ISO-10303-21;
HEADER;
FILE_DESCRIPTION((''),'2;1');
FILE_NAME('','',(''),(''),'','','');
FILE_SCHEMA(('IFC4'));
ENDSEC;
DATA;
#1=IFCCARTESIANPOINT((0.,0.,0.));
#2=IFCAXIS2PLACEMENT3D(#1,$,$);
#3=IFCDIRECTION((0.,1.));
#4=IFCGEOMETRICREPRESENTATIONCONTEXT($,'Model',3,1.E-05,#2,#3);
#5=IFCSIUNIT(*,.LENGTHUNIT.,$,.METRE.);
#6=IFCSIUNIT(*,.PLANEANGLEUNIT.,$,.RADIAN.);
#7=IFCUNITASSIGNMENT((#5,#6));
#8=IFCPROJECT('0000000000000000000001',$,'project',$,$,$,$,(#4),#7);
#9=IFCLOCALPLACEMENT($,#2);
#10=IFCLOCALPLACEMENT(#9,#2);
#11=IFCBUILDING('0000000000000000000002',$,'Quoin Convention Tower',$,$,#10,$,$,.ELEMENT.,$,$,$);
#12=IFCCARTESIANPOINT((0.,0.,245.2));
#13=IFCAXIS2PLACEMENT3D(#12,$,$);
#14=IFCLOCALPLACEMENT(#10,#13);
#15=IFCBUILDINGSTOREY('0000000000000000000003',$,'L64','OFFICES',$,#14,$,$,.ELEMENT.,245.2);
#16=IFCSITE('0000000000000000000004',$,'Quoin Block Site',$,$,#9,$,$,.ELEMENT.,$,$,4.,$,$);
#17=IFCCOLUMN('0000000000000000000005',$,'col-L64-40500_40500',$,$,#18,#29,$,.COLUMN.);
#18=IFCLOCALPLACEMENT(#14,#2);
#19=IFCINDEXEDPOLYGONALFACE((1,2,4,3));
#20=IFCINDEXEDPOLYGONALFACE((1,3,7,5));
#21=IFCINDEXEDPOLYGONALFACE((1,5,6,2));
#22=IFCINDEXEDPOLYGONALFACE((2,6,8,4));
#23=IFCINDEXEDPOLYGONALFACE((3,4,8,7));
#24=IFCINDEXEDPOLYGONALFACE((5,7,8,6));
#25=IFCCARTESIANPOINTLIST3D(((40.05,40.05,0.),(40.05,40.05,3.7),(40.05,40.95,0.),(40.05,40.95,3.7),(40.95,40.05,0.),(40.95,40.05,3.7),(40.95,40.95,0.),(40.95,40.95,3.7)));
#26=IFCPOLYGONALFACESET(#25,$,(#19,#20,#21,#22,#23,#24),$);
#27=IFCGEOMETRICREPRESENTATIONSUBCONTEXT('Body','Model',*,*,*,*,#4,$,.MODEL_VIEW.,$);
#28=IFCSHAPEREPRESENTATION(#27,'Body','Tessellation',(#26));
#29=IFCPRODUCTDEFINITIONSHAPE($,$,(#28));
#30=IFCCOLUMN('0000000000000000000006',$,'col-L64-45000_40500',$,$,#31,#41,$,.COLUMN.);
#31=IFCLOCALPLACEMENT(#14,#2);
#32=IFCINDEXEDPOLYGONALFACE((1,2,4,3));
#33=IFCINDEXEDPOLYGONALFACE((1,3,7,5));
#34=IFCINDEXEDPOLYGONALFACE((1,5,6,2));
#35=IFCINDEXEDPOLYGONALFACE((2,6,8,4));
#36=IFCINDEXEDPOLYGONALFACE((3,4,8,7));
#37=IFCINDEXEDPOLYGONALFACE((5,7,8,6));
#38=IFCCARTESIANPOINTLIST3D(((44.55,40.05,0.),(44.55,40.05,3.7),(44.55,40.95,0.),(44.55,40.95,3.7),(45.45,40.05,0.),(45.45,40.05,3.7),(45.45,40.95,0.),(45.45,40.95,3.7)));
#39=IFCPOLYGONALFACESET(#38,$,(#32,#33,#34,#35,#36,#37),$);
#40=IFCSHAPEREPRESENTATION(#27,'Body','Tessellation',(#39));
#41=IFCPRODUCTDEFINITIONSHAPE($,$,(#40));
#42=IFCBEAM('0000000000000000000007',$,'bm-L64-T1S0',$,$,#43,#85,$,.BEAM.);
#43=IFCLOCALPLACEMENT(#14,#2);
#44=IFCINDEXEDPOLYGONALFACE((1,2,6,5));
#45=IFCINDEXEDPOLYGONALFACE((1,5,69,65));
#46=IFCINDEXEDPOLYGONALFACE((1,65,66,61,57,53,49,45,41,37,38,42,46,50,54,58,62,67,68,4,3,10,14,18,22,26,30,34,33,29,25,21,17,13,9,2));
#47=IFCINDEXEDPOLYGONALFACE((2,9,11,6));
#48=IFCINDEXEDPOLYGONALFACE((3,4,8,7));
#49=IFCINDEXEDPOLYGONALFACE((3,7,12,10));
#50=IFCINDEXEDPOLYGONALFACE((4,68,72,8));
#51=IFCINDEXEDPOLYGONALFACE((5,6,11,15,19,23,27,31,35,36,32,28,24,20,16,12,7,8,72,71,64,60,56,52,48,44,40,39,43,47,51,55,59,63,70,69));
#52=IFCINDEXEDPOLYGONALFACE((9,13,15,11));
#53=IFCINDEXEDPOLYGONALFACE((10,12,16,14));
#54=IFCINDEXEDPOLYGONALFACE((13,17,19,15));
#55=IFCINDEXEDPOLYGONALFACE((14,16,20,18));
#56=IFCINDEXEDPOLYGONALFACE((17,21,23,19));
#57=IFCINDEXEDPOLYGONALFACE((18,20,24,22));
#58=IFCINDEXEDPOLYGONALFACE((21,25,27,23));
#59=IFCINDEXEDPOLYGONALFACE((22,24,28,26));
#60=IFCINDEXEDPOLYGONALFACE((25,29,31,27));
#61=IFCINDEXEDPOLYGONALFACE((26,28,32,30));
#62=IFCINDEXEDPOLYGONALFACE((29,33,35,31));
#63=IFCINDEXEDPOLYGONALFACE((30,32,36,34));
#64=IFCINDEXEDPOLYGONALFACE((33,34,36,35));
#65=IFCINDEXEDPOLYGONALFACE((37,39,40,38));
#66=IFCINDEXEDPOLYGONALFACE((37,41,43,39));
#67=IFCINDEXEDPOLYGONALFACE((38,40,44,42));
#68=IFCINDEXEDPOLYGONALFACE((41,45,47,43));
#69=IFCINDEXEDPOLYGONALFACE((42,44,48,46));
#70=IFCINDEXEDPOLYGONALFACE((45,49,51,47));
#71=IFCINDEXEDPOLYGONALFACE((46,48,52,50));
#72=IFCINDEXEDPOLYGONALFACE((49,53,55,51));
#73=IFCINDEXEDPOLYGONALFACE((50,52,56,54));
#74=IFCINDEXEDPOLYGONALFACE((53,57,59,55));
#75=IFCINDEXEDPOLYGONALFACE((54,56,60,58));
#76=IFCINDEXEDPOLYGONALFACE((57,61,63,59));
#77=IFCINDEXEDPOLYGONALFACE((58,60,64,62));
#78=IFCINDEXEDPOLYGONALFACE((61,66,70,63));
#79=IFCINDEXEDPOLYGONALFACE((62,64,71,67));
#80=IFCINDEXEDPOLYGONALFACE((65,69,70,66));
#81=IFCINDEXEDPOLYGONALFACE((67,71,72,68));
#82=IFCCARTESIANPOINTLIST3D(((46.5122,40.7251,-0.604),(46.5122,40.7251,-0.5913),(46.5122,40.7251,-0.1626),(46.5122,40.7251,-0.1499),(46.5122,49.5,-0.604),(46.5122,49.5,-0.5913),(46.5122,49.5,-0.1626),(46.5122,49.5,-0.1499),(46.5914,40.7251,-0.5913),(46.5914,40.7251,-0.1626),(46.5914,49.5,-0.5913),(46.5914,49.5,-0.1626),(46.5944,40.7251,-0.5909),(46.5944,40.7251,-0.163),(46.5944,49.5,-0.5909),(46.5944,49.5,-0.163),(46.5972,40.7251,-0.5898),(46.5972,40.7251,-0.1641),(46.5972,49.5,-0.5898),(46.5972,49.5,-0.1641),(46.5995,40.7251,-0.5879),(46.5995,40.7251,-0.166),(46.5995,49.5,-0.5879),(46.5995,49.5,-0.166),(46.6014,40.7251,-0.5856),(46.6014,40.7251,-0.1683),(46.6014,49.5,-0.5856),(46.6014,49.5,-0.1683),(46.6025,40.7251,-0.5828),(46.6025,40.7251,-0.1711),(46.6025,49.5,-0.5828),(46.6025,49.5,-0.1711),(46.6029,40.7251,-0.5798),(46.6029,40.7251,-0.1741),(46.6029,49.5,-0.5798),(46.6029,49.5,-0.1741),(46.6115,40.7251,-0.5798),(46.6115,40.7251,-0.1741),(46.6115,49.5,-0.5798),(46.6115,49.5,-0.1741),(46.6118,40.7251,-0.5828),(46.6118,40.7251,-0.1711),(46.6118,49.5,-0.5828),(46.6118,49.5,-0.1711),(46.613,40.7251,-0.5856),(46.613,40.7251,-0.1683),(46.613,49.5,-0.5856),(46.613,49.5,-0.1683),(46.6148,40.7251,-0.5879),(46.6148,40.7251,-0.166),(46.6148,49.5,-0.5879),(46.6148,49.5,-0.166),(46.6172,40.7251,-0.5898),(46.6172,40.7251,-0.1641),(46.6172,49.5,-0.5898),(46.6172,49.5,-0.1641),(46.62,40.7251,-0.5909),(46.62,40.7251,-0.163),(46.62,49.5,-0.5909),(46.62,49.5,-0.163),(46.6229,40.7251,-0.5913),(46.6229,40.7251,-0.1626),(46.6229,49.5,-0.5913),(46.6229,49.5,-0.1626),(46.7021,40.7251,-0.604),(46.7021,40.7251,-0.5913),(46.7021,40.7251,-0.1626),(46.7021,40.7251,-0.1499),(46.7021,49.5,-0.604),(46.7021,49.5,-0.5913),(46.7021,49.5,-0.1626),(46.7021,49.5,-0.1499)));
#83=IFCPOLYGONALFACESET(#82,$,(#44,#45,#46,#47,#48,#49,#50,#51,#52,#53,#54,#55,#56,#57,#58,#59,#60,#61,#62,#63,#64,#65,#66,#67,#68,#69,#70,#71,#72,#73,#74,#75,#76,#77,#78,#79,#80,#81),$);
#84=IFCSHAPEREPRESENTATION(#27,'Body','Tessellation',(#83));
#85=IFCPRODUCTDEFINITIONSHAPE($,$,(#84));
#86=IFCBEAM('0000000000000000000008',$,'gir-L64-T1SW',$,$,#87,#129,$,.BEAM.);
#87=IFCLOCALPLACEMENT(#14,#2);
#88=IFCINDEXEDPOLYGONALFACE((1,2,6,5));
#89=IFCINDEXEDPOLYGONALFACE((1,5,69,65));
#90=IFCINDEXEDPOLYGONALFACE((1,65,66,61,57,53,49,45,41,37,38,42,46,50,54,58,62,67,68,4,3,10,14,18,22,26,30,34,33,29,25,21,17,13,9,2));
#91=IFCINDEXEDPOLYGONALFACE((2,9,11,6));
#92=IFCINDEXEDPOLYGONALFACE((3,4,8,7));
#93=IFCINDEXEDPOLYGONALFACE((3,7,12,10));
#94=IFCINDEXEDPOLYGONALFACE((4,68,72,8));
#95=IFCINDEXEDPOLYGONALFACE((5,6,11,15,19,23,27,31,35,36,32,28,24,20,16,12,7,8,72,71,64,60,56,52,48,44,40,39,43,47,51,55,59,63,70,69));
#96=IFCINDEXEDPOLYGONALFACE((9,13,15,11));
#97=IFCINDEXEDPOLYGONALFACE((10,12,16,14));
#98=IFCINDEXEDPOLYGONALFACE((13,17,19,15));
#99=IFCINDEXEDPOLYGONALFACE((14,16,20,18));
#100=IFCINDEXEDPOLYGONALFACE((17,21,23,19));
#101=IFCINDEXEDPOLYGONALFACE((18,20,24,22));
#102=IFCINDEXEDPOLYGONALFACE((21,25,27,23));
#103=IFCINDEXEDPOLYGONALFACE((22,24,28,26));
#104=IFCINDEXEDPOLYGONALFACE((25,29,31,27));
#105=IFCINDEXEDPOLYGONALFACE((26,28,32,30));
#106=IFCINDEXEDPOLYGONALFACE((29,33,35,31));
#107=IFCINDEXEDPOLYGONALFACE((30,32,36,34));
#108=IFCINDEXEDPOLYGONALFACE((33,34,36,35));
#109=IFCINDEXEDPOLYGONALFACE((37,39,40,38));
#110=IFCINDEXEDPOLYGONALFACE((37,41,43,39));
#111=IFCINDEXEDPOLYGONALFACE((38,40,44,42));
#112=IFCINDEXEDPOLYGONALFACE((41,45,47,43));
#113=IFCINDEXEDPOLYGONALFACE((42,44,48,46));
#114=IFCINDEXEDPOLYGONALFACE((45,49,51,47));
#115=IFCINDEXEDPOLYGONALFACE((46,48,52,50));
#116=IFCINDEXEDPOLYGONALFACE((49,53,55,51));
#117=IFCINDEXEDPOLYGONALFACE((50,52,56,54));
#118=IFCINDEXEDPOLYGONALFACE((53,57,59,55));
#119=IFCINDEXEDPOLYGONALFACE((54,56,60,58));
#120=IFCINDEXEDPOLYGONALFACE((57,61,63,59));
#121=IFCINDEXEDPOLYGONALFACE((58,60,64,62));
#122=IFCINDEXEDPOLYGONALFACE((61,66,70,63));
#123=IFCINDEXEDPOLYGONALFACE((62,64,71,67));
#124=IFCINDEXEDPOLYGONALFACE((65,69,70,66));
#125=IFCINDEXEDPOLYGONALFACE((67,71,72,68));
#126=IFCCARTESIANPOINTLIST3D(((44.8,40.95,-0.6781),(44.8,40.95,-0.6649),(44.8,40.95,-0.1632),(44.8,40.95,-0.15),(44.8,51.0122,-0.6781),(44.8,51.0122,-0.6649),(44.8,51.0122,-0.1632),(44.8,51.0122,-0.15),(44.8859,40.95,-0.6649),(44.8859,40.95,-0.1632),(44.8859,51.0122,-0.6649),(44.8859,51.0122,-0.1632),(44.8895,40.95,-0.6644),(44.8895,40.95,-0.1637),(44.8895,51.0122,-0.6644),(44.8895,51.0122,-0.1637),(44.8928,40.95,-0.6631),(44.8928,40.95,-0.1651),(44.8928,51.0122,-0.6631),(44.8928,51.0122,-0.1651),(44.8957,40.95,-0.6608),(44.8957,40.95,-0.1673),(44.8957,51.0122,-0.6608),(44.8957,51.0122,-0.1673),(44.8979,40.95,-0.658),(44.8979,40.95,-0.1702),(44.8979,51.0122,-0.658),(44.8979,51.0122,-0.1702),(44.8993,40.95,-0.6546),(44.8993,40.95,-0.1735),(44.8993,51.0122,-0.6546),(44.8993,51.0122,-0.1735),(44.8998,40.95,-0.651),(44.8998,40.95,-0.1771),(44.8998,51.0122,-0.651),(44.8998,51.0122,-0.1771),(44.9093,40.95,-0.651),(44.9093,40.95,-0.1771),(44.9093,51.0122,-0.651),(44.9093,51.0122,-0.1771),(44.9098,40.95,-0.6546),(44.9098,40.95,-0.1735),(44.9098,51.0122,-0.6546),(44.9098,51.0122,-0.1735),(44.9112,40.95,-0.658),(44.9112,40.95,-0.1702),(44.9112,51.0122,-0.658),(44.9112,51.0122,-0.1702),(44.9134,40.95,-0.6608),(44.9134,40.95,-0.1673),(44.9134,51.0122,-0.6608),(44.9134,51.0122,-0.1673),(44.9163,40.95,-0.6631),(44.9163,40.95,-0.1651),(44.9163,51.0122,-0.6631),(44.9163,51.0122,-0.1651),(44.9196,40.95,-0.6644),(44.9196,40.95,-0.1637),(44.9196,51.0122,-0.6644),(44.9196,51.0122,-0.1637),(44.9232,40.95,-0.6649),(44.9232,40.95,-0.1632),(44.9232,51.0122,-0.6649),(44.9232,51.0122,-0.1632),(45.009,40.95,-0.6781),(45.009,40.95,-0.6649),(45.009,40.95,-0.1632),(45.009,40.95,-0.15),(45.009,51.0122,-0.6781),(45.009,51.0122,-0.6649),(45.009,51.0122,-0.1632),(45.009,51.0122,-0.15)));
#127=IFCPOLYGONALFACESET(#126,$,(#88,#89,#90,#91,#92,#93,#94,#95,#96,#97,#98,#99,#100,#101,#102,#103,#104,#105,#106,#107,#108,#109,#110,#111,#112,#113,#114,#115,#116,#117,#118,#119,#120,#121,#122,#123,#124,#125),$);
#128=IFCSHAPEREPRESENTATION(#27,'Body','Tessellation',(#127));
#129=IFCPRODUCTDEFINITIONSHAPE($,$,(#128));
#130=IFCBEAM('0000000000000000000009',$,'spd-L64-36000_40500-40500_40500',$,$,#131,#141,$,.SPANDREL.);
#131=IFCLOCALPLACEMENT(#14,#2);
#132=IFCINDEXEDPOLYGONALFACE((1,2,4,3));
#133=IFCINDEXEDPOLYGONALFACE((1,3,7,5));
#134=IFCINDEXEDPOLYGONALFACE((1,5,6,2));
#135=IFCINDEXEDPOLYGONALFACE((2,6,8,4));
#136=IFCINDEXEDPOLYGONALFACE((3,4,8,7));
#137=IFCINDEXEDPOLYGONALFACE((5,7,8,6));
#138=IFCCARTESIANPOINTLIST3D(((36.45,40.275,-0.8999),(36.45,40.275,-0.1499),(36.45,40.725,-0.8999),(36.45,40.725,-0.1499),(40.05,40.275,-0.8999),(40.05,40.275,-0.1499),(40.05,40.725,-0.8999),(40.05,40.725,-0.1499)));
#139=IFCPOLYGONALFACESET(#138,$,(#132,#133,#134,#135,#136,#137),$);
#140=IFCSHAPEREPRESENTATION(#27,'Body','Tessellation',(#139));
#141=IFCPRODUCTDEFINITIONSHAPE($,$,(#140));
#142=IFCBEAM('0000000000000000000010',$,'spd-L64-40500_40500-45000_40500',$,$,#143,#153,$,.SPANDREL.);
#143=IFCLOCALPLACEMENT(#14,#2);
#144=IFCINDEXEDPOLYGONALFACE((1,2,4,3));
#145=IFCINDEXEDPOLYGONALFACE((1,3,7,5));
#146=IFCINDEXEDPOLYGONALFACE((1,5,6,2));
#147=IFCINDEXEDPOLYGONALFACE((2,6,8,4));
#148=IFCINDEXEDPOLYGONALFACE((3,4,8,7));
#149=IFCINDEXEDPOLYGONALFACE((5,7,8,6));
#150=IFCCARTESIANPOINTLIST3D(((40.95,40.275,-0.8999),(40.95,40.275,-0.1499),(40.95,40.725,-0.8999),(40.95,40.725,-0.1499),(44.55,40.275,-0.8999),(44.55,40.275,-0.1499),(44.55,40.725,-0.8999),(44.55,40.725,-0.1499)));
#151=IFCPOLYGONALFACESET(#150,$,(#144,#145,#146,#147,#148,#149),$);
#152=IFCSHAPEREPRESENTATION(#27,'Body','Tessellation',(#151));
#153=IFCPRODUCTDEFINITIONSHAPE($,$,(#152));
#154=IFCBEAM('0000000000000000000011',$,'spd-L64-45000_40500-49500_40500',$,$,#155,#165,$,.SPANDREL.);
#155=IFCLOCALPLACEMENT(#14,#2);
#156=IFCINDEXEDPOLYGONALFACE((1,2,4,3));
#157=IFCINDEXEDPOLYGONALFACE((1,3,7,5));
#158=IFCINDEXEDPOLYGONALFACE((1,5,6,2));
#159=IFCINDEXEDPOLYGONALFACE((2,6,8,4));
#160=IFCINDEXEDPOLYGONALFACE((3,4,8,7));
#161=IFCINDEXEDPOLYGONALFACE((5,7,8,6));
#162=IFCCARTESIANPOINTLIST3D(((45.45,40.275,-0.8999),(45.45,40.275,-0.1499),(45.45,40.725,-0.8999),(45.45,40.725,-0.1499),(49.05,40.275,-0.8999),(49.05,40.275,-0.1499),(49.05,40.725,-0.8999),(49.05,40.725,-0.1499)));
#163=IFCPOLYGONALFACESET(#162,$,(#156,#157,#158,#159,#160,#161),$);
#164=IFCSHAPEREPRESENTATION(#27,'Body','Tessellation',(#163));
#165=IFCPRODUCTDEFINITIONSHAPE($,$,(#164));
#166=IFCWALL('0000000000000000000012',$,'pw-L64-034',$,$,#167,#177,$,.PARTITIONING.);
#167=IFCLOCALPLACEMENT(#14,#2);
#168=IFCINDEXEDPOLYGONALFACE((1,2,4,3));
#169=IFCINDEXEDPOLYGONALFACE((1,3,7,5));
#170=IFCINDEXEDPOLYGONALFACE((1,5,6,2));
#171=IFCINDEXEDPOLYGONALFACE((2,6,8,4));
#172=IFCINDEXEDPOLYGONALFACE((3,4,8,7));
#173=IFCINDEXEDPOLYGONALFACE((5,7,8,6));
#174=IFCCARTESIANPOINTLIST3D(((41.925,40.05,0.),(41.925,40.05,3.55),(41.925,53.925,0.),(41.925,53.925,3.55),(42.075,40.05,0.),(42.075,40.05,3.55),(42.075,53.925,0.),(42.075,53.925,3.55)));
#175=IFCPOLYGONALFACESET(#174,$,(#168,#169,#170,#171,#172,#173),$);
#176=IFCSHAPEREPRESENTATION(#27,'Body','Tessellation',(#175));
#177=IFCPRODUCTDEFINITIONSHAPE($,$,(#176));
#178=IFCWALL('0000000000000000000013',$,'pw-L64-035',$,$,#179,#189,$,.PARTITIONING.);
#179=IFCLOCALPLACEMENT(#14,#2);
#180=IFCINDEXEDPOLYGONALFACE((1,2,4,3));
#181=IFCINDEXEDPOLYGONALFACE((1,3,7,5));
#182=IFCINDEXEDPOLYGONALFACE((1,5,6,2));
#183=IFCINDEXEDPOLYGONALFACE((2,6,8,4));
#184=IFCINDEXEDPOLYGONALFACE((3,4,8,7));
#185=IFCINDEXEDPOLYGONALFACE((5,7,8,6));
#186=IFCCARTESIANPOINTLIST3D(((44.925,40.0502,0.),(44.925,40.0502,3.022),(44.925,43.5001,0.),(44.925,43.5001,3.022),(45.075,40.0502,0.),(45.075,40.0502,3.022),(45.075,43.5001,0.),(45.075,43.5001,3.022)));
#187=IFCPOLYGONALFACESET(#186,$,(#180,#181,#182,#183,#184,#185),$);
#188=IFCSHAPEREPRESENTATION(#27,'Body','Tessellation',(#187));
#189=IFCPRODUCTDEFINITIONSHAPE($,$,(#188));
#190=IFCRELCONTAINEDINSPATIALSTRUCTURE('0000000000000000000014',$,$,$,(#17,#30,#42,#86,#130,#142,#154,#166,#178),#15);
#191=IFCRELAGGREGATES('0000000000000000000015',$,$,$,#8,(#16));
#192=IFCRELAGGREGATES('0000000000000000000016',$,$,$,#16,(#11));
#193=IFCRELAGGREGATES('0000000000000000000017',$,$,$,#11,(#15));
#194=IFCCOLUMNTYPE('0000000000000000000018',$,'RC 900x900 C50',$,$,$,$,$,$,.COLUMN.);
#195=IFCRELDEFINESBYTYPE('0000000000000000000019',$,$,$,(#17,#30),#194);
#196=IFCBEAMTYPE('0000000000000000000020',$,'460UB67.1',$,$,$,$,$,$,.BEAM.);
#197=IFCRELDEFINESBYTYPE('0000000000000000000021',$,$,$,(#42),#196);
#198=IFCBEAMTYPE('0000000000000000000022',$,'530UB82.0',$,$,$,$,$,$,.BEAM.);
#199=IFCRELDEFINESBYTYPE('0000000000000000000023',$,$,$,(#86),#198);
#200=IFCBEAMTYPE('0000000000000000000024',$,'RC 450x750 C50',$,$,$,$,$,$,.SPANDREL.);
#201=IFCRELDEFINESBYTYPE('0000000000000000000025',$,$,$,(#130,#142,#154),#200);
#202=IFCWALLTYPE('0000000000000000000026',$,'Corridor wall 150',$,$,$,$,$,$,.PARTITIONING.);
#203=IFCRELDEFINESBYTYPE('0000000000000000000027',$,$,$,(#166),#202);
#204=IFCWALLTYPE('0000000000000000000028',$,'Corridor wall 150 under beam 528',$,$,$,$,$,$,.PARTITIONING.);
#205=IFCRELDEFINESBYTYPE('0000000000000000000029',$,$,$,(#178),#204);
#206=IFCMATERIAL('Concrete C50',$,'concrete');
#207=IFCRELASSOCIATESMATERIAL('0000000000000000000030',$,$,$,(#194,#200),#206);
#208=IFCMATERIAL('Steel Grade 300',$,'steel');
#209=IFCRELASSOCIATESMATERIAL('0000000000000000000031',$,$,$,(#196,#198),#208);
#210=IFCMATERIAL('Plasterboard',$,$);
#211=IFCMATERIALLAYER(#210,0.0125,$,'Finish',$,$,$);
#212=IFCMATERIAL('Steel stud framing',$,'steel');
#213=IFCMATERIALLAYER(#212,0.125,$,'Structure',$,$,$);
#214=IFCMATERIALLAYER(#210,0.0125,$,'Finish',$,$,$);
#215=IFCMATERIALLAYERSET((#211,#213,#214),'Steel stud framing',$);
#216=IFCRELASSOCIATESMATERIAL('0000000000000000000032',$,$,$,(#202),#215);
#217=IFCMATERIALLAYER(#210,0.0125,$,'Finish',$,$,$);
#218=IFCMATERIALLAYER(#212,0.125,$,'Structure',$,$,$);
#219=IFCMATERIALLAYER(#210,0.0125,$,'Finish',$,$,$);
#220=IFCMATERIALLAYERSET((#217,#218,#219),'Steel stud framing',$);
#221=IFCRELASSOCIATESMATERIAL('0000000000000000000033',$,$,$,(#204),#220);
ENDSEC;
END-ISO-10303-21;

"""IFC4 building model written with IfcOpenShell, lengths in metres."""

from ifc_helpers import new_model, si_unit, direction, frame, frame_2d, origin, origin_2d, place, context, subcontext, project, spatial, rectangle, i_section, extrude, material, layer, layer_set, material_profile, profile_set, type_object, element, save


model = new_model("IFC4")

# Units and contexts
model_context = context("Model", 3, precision=1e-05, world=origin(), true_north=direction((0.0, 1.0)))
body_context = subcontext(model_context, "Body", "Model", "MODEL_VIEW")
ifc_project = project(units=[si_unit("LENGTHUNIT", "METRE"), si_unit("PLANEANGLEUNIT", "RADIAN")], contexts=[model_context])

# Site, building, storey
site_placement = place(None, origin())
site = spatial("IfcSite", under=ifc_project, at=site_placement, Name="Quoin Block Site", CompositionType="ELEMENT", RefElevation=4.0)
building_placement = place(site_placement, origin())
building = spatial("IfcBuilding", under=site, at=building_placement, Name="Quoin Convention Tower", CompositionType="ELEMENT")
storey_placement = place(building_placement, frame((0.0, 0.0, 245.2)))
storey = spatial("IfcBuildingStorey", under=building, at=storey_placement, Name="L64", Description="OFFICES", CompositionType="ELEMENT", Elevation=245.2)

# Columns
ifc_material_1 = material(Name="Concrete C50", Category="concrete")
ifc_material_profile_1 = material_profile(ifc_material_1, rectangle(XDim=0.8999, YDim=0.8999, at=origin_2d()), Name="RC 900x900")
ifc_profile_set_1 = profile_set([ifc_material_profile_1], Name="Concrete C50")
column_type = type_object("IfcColumnType", Name="RC 900x900 C50", PredefinedType="COLUMN", material=ifc_profile_set_1)
for number, where, z_axis, x_axis, name in (
    (1, (40.5, 40.5, 0.0), (0.0, 0.0, 1.0), (1.0, 0.0, 0.0), "col-L64-40500_40500"),
    (2, (45.0, 40.5, 0.0), (0.0, 0.0, 1.0), (1.0, 0.0, 0.0), "col-L64-45000_40500"),
):
    element("IfcColumn", number, at=place(storey_placement, frame(where, z_axis=z_axis, x_axis=x_axis)), inside=storey, type_object=column_type, Name=name, PredefinedType="COLUMN", context=body_context, shape_type="SweptSolid", body=[
        extrude(rectangle(XDim=0.8999, YDim=0.8999, at=origin_2d()), origin(), (0.0, 0.0, 1.0), 3.7),
    ])

# Beams
ifc_material_2 = material(Name="Steel Grade 300", Category="steel")
ifc_material_profile_2 = material_profile(ifc_material_2, i_section(OverallWidth=0.1899, OverallDepth=0.4541, WebThickness=0.0085, FlangeThickness=0.0127, FilletRadius=0.0115, at=origin_2d()), Name="460UB67.1")
ifc_profile_set_2 = profile_set([ifc_material_profile_2], Name="Steel Grade 300")
beam_type_1 = type_object("IfcBeamType", Name="460UB67.1", PredefinedType="BEAM", material=ifc_profile_set_2)
beam_1_placement = place(storey_placement, frame((46.6072, 40.7251, -0.377), z_axis=(0.0, 1.0, 0.0), x_axis=(-1.0, 0.0, 0.0)))
element("IfcBeam", 3, at=beam_1_placement, inside=storey, type_object=beam_type_1, Name="bm-L64-T1S0", PredefinedType="BEAM", context=body_context, shape_type="SweptSolid", body=[
    extrude(i_section(OverallWidth=0.1899, OverallDepth=0.4541, WebThickness=0.0085, FlangeThickness=0.0127, FilletRadius=0.0115, at=origin_2d()), origin(), (0.0, 0.0, 1.0), 8.7749),
])
ifc_material_profile_3 = material_profile(ifc_material_2, i_section(OverallWidth=0.209, OverallDepth=0.5281, WebThickness=0.0095, FlangeThickness=0.0132, FilletRadius=0.0139, at=origin_2d()), Name="530UB82.0")
ifc_profile_set_3 = profile_set([ifc_material_profile_3], Name="Steel Grade 300")
beam_type_2 = type_object("IfcBeamType", Name="530UB82.0", PredefinedType="BEAM", material=ifc_profile_set_3)
beam_2_placement = place(storey_placement, frame((44.9045, 40.95, -0.4141), z_axis=(0.0, 1.0, 0.0), x_axis=(-1.0, 0.0, 0.0)))
element("IfcBeam", 4, at=beam_2_placement, inside=storey, type_object=beam_type_2, Name="gir-L64-T1SW", PredefinedType="BEAM", context=body_context, shape_type="SweptSolid", body=[
    extrude(i_section(OverallWidth=0.209, OverallDepth=0.5281, WebThickness=0.0095, FlangeThickness=0.0132, FilletRadius=0.0139, at=origin_2d()), origin(), (0.0, 0.0, 1.0), 10.0623),
])
ifc_material_profile_4 = material_profile(ifc_material_1, rectangle(XDim=0.45, YDim=0.75, at=origin_2d()), Name="RC 450x750")
ifc_profile_set_4 = profile_set([ifc_material_profile_4], Name="Concrete C50")
beam_type_3 = type_object("IfcBeamType", Name="RC 450x750 C50", PredefinedType="SPANDREL", material=ifc_profile_set_4)
for number, where, z_axis, x_axis, name in (
    (5, (36.45, 40.5, -0.5249), (1.0, 0.0, 0.0), (0.0, 1.0, 0.0), "spd-L64-36000_40500-40500_40500"),
    (6, (40.95, 40.5, -0.5249), (1.0, 0.0, 0.0), (0.0, 1.0, 0.0), "spd-L64-40500_40500-45000_40500"),
    (7, (45.45, 40.5, -0.5249), (1.0, 0.0, 0.0), (0.0, 1.0, 0.0), "spd-L64-45000_40500-49500_40500"),
):
    element("IfcBeam", number, at=place(storey_placement, frame(where, z_axis=z_axis, x_axis=x_axis)), inside=storey, type_object=beam_type_3, Name=name, PredefinedType="SPANDREL", context=body_context, shape_type="SweptSolid", body=[
        extrude(rectangle(XDim=0.45, YDim=0.75, at=origin_2d()), origin(), (0.0, 0.0, 1.0), 3.6001),
    ])

# Walls
ifc_material_3 = material(Name="Plasterboard")
ifc_layer_1 = layer(ifc_material_3, 0.0125, Name="Finish")
ifc_material_4 = material(Name="Steel stud framing", Category="steel")
ifc_layer_2 = layer(ifc_material_4, 0.125, Name="Structure")
ifc_layer_3 = layer(ifc_material_3, 0.0125, Name="Finish")
ifc_layer_set_1 = layer_set([ifc_layer_1, ifc_layer_2, ifc_layer_3], Name="Steel stud framing")
wall_type_1 = type_object("IfcWallType", Name="Corridor wall 150", PredefinedType="PARTITIONING", material=ifc_layer_set_1)
wall_1_placement = place(storey_placement, frame((42.0, 40.05, 0.0), z_axis=(0.0, 0.0, 1.0), x_axis=(0.0, 1.0, 0.0)))
element("IfcWall", 8, at=wall_1_placement, inside=storey, type_object=wall_type_1, Name="pw-L64-034", PredefinedType="PARTITIONING", context=body_context, shape_type="SweptSolid", body=[
    extrude(rectangle(XDim=13.875, YDim=0.1499, at=frame_2d((6.9375, 0.0))), origin(), (0.0, 0.0, 1.0), 3.55),
])
ifc_layer_4 = layer(ifc_material_3, 0.0125, Name="Finish")
ifc_layer_5 = layer(ifc_material_4, 0.125, Name="Structure")
ifc_layer_6 = layer(ifc_material_3, 0.0125, Name="Finish")
ifc_layer_set_2 = layer_set([ifc_layer_4, ifc_layer_5, ifc_layer_6], Name="Steel stud framing")
wall_type_2 = type_object("IfcWallType", Name="Corridor wall 150 under beam 528", PredefinedType="PARTITIONING", material=ifc_layer_set_2)
wall_2_placement = place(storey_placement, frame((45.0, 40.05, 0.0), z_axis=(0.0, 0.0, 1.0), x_axis=(0.0, 1.0, 0.0)))
element("IfcWall", 9, at=wall_2_placement, inside=storey, type_object=wall_type_2, Name="pw-L64-035", PredefinedType="PARTITIONING", context=body_context, shape_type="SweptSolid", body=[
    extrude(rectangle(XDim=3.45, YDim=0.1499, at=frame_2d((1.7251, 0.0))), origin(), (0.0, 0.0, 1.0), 3.022),
])

save(model, "model.ifc")
